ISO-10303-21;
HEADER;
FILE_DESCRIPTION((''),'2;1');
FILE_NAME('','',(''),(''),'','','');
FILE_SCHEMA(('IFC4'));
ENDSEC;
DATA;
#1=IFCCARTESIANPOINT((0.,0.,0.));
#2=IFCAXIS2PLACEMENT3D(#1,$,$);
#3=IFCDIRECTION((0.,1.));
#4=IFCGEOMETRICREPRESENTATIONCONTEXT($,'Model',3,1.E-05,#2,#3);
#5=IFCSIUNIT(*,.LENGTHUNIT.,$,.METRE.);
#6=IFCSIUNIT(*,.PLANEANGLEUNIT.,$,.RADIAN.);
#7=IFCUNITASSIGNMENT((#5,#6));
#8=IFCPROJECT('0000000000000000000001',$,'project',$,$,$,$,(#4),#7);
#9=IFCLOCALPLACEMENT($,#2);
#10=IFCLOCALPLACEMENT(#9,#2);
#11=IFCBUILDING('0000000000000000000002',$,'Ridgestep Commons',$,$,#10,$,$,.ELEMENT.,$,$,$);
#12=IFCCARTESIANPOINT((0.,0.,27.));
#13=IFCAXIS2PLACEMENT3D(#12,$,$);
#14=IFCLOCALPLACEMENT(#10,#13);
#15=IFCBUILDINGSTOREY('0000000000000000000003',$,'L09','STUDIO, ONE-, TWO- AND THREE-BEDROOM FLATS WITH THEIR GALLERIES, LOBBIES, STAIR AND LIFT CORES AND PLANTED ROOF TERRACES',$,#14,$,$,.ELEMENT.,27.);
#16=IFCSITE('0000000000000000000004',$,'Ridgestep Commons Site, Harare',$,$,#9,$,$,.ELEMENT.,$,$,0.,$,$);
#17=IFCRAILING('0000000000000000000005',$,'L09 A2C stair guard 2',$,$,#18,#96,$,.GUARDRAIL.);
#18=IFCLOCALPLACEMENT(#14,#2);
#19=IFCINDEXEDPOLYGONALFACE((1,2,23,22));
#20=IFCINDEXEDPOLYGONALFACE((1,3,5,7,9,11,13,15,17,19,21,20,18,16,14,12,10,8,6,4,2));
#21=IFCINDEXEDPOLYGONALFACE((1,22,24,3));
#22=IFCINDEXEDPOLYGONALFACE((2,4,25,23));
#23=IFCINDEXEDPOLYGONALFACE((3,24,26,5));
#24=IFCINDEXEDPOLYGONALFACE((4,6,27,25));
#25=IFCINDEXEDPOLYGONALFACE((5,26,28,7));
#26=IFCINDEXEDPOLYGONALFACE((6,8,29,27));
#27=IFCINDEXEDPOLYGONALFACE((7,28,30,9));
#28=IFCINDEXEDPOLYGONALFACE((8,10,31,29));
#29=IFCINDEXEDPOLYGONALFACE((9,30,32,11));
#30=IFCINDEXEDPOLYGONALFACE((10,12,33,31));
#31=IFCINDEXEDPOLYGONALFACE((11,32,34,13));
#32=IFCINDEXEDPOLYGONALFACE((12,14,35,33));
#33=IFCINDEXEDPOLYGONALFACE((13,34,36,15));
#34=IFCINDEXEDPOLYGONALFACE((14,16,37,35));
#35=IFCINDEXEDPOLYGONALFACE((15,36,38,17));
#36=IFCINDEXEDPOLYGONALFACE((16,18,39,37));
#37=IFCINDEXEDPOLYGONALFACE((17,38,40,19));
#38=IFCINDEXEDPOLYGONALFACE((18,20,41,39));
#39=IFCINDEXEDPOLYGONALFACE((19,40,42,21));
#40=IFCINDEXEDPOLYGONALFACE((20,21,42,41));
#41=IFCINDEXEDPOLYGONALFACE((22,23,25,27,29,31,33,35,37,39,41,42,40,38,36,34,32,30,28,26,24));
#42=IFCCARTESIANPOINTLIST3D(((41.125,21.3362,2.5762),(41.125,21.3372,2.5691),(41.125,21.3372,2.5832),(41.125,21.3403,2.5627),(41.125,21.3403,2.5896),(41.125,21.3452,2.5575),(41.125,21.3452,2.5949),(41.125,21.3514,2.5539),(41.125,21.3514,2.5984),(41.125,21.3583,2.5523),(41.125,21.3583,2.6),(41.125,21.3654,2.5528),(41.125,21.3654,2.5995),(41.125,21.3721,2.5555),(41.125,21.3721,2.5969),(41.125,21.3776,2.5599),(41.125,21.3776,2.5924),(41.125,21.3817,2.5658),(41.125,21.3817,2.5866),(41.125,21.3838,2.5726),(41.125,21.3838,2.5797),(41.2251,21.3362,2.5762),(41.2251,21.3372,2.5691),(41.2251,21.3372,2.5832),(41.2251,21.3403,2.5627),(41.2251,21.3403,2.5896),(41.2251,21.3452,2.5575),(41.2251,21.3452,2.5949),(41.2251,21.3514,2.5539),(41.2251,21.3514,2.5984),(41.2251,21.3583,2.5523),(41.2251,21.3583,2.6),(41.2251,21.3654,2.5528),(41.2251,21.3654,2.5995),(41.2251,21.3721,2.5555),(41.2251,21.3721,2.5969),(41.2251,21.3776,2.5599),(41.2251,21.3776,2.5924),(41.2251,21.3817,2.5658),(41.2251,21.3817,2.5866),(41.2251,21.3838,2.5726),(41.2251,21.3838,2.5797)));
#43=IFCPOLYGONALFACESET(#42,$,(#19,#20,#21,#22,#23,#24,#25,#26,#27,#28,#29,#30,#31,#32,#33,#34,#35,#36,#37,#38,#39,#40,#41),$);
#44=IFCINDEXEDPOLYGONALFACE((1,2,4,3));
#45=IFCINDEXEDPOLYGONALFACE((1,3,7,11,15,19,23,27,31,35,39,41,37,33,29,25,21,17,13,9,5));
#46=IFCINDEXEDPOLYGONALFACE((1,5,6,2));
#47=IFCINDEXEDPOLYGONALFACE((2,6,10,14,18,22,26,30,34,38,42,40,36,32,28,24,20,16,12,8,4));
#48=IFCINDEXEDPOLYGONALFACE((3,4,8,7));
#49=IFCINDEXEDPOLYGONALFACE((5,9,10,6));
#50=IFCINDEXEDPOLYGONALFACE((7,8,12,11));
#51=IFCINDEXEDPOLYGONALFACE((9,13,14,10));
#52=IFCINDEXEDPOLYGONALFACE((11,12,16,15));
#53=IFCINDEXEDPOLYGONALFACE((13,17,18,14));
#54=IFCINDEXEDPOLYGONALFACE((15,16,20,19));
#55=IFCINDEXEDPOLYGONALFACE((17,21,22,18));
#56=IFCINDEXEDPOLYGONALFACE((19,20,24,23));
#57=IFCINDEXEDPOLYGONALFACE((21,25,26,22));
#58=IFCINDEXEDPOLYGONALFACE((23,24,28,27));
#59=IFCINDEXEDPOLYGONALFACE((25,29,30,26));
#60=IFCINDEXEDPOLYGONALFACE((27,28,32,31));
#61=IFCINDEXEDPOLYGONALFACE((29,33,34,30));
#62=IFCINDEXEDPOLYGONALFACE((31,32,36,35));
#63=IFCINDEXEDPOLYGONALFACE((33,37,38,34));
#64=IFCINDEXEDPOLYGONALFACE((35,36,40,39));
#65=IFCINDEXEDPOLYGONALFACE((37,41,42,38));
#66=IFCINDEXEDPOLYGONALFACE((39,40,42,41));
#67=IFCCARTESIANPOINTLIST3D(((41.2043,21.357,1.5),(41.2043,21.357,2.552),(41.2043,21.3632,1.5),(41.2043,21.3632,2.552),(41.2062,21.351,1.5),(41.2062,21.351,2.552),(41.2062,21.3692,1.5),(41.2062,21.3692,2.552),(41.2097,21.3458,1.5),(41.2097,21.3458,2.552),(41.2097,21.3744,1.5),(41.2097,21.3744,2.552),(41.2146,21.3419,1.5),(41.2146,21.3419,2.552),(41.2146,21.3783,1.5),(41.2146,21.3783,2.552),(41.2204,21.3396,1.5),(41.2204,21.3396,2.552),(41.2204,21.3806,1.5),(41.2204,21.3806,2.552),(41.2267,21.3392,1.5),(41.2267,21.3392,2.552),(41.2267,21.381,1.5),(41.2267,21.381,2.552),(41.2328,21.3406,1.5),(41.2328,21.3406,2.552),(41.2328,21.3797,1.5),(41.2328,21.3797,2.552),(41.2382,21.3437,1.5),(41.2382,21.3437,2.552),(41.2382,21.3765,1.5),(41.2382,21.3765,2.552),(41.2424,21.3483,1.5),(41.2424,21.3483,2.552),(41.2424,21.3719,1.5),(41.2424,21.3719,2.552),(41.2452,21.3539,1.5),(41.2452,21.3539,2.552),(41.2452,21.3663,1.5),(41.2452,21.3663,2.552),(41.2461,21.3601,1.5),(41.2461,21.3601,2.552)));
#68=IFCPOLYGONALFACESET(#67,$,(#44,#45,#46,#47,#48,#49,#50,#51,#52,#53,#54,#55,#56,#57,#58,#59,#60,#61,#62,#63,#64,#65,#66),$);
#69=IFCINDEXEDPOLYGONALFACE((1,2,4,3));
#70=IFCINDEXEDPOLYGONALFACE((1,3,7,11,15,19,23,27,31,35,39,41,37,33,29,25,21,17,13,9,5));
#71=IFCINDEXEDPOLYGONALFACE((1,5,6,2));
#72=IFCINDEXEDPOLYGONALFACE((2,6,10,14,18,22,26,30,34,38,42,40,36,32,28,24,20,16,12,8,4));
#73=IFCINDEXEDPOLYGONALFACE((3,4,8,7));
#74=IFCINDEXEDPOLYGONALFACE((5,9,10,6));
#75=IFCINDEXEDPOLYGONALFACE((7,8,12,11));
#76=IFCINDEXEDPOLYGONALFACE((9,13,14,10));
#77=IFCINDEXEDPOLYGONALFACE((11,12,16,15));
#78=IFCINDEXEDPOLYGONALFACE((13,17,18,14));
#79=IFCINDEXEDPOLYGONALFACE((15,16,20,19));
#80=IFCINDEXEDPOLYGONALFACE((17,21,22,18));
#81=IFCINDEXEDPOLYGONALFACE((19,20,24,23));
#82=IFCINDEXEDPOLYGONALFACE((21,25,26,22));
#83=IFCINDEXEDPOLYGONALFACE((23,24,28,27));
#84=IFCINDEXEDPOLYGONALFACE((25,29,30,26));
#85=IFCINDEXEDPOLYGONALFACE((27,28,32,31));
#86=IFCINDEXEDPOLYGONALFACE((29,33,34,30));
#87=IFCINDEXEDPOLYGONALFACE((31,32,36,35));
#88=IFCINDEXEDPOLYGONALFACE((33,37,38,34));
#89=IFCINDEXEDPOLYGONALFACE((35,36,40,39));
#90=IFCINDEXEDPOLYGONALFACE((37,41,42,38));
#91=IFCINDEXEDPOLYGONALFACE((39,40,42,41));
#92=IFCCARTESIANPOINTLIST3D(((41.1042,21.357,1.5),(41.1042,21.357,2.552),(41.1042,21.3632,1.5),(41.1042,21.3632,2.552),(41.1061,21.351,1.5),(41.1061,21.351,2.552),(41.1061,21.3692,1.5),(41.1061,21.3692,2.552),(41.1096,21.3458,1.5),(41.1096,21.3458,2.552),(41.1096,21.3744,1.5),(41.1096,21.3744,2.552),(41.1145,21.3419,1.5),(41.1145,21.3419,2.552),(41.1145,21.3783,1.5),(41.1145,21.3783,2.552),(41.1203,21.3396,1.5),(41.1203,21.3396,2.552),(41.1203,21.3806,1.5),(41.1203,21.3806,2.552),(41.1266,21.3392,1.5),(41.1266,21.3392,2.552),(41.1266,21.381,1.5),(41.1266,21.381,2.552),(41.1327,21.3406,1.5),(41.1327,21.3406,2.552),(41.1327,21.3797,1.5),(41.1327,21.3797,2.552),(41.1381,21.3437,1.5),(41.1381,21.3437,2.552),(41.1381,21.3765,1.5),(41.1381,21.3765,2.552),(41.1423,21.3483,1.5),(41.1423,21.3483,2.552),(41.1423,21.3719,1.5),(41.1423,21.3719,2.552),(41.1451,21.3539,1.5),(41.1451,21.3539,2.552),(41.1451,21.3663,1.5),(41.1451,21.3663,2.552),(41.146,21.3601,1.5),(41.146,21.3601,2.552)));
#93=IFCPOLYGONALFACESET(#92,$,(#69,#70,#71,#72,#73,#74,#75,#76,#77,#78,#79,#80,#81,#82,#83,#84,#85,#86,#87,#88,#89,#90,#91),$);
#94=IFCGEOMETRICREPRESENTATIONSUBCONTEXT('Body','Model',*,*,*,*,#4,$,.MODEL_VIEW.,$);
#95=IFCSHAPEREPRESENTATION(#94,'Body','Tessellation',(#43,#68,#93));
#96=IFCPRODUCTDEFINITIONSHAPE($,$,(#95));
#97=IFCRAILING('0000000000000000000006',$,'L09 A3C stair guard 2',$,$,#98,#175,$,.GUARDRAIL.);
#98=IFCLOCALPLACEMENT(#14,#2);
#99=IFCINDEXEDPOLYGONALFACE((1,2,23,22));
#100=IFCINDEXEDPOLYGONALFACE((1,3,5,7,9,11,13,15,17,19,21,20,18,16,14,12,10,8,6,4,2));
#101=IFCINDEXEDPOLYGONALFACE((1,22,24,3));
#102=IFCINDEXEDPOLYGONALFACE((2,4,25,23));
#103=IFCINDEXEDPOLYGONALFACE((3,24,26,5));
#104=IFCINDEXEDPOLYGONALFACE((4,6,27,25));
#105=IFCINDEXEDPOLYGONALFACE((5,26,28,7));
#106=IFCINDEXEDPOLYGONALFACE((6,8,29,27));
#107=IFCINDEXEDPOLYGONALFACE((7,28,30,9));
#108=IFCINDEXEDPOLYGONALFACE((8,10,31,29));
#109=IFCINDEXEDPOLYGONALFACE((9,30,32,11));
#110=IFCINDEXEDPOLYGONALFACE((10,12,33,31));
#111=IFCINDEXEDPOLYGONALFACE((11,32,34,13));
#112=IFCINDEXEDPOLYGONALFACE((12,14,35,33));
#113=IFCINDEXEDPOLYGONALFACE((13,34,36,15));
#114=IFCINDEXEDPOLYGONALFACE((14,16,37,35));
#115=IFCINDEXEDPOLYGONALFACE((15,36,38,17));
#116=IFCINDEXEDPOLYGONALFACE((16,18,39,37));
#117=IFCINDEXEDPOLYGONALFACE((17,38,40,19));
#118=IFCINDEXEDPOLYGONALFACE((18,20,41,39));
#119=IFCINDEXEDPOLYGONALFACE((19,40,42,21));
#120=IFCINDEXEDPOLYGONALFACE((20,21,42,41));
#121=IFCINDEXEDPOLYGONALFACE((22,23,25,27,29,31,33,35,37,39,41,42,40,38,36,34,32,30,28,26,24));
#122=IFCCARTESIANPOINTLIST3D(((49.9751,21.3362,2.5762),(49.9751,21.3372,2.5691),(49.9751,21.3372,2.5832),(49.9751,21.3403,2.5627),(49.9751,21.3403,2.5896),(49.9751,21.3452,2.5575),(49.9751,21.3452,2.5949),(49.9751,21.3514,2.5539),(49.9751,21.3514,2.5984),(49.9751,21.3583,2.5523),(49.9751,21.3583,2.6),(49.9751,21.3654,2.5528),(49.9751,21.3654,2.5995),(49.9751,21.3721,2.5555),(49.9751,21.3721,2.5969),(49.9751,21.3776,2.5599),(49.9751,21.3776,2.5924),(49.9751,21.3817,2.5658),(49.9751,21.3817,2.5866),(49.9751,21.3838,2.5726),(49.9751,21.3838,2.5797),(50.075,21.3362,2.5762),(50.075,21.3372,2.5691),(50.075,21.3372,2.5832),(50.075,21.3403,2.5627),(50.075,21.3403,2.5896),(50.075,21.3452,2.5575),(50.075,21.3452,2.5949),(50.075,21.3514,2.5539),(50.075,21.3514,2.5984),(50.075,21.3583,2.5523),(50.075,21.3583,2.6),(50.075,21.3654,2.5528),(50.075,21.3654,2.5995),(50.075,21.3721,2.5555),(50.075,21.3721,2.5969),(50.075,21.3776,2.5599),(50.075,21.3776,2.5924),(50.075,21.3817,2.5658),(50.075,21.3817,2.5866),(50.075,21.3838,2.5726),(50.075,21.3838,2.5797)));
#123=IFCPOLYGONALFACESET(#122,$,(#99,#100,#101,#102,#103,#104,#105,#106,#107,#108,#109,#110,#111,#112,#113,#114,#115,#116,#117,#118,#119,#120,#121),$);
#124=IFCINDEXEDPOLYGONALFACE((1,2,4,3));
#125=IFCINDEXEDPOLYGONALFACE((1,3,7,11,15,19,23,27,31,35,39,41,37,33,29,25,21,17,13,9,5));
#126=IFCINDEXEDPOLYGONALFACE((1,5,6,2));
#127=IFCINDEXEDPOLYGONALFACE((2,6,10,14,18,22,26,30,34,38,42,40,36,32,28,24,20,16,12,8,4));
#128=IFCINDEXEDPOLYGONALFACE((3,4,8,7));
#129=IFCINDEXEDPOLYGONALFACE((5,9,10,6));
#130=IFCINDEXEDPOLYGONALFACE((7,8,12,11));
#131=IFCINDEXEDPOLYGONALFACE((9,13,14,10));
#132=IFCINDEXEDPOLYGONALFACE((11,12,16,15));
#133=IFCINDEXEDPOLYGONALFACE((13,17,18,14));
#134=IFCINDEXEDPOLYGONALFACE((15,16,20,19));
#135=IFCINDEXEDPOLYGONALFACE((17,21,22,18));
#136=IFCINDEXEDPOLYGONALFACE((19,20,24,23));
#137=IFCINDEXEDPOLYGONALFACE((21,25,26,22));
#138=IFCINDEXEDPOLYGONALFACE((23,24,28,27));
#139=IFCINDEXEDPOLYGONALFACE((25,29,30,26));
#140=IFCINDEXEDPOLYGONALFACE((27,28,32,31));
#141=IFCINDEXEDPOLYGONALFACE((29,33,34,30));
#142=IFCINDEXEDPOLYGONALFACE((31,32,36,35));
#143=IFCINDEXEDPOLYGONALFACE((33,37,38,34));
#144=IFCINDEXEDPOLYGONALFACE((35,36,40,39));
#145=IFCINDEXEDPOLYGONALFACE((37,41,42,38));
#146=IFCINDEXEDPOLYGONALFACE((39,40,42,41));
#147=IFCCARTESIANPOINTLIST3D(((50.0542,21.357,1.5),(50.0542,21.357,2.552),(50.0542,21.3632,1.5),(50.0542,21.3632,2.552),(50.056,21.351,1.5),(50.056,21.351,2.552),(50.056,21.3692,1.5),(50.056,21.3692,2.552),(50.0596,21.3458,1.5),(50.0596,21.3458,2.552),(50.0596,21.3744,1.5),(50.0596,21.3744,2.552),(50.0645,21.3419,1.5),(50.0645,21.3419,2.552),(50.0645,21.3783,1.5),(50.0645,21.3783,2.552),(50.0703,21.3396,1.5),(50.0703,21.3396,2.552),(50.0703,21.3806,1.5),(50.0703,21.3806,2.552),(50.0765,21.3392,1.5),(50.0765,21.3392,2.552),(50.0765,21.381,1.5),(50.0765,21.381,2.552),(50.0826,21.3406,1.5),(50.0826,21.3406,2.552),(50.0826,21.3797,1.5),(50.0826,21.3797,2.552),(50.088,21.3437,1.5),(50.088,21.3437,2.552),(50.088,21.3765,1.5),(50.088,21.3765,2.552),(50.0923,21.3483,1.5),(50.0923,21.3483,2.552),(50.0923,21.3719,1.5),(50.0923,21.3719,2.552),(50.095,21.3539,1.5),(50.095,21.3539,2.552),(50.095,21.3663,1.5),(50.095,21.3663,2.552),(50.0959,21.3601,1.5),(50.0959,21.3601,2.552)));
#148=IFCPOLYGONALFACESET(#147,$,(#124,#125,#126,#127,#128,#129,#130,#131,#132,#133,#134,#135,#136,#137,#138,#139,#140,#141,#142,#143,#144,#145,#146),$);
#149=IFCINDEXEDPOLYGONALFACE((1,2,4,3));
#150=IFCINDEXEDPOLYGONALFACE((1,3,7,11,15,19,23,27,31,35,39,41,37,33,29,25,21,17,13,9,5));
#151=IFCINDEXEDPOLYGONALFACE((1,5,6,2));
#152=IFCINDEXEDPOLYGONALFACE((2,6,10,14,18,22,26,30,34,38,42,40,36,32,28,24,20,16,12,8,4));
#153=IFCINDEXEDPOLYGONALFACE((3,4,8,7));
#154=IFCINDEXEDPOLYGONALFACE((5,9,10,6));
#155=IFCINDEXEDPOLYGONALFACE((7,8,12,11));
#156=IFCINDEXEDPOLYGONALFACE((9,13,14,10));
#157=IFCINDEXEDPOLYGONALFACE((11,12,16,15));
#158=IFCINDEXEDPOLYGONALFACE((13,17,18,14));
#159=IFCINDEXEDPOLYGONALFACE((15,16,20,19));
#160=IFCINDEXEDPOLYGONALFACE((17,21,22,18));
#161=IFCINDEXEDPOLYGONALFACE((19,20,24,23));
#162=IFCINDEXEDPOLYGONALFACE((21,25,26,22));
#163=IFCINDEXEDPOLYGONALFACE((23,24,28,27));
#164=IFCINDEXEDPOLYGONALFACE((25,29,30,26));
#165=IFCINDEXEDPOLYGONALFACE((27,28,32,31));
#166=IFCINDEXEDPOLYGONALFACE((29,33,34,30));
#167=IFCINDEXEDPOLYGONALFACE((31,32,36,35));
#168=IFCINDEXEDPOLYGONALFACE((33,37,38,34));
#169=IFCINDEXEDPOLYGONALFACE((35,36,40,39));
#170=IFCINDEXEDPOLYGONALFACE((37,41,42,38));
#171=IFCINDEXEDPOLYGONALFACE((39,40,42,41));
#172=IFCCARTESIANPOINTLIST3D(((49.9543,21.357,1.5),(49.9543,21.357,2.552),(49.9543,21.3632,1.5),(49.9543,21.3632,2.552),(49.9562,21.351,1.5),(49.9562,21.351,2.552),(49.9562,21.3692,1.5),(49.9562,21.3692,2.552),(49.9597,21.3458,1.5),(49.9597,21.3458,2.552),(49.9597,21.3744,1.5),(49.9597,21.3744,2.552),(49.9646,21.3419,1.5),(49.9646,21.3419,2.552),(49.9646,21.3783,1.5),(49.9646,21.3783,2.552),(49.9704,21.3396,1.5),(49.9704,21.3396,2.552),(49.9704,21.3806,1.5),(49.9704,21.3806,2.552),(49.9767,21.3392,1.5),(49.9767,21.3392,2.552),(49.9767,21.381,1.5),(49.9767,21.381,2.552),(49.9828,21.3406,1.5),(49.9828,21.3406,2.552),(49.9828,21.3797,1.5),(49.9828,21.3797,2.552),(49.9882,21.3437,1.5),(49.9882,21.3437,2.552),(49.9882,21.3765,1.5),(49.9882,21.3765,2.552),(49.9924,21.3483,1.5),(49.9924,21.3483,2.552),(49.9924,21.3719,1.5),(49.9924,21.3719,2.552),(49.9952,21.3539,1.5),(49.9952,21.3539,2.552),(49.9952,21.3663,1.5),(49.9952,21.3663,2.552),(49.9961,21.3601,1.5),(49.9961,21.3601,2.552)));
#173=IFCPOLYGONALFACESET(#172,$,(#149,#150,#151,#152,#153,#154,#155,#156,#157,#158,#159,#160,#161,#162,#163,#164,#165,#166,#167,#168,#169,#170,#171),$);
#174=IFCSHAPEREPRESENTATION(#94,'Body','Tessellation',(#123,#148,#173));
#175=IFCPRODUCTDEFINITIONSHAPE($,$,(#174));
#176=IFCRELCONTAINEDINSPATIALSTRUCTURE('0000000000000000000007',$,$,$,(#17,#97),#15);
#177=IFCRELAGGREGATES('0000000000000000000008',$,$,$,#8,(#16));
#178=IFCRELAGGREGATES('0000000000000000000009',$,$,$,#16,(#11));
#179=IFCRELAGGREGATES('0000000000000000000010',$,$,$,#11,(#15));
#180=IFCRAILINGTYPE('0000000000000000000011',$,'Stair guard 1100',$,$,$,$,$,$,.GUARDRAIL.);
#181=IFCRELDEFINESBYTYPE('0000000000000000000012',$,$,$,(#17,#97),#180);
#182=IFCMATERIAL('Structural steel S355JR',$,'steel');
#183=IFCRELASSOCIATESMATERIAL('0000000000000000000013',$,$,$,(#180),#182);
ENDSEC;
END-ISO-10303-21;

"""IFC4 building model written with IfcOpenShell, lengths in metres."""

from ifc_helpers import new_model, si_unit, direction, frame, origin, origin_2d, place, context, subcontext, project, spatial, circle, extrude, material, type_object, element, save


model = new_model("IFC4")

# Units and contexts
model_context = context("Model", 3, precision=1e-05, world=origin(), true_north=direction((0.0, 1.0)))
body_context = subcontext(model_context, "Body", "Model", "MODEL_VIEW")
ifc_project = project(units=[si_unit("LENGTHUNIT", "METRE"), si_unit("PLANEANGLEUNIT", "RADIAN")], contexts=[model_context])

# Site, building, storey
site_placement = place(None, origin())
site = spatial("IfcSite", under=ifc_project, at=site_placement, Name="Ridgestep Commons Site, Harare", CompositionType="ELEMENT", RefElevation=0.0)
building_placement = place(site_placement, origin())
building = spatial("IfcBuilding", under=site, at=building_placement, Name="Ridgestep Commons", CompositionType="ELEMENT")
storey_placement = place(building_placement, frame((0.0, 0.0, 27.0)))
storey = spatial("IfcBuildingStorey", under=building, at=storey_placement, Name="L09", Description="STUDIO, ONE-, TWO- AND THREE-BEDROOM FLATS WITH THEIR GALLERIES, LOBBIES, STAIR AND LIFT CORES AND PLANTED ROOF TERRACES", CompositionType="ELEMENT", Elevation=27.0)

# Railings
ifc_material_1 = material(Name="Structural steel S355JR", Category="steel")
railing_type_1 = type_object("IfcRailingType", Name="Stair guard 1100", PredefinedType="GUARDRAIL", material=ifc_material_1)
railing_1_placement = place(storey_placement, frame((41.2251, 21.3601, 1.5)))
element("IfcRailing", 1, at=railing_1_placement, inside=storey, type_object=railing_type_1, Name="L09 A2C stair guard 2", PredefinedType="GUARDRAIL", context=body_context, shape_type="SweptSolid", body=[
    extrude(circle(Radius=0.0239, at=origin_2d()), frame((0.0, 0.0, 1.0762), z_axis=(-1.0, 0.0, 0.0), x_axis=(0.0, -1.0, 0.0)), (0.0, 0.0, 1.0), 0.1001),
    extrude(circle(Radius=0.021, at=origin_2d()), origin(), (0.0, 0.0, 1.0), 1.052),
    extrude(circle(Radius=0.021, at=origin_2d()), frame((-0.1001, 0.0, 0.0)), (0.0, 0.0, 1.0), 1.052),
])
railing_2_placement = place(storey_placement, frame((50.075, 21.3601, 1.5)))
element("IfcRailing", 2, at=railing_2_placement, inside=storey, type_object=railing_type_1, Name="L09 A3C stair guard 2", PredefinedType="GUARDRAIL", context=body_context, shape_type="SweptSolid", body=[
    extrude(circle(Radius=0.0239, at=origin_2d()), frame((0.0, 0.0, 1.0762), z_axis=(-1.0, 0.0, 0.0), x_axis=(0.0, -1.0, 0.0)), (0.0, 0.0, 1.0), 0.0999),
    extrude(circle(Radius=0.021, at=origin_2d()), origin(), (0.0, 0.0, 1.0), 1.052),
    extrude(circle(Radius=0.021, at=origin_2d()), frame((-0.0999, 0.0, 0.0)), (0.0, 0.0, 1.0), 1.052),
])

save(model, "model.ifc")
